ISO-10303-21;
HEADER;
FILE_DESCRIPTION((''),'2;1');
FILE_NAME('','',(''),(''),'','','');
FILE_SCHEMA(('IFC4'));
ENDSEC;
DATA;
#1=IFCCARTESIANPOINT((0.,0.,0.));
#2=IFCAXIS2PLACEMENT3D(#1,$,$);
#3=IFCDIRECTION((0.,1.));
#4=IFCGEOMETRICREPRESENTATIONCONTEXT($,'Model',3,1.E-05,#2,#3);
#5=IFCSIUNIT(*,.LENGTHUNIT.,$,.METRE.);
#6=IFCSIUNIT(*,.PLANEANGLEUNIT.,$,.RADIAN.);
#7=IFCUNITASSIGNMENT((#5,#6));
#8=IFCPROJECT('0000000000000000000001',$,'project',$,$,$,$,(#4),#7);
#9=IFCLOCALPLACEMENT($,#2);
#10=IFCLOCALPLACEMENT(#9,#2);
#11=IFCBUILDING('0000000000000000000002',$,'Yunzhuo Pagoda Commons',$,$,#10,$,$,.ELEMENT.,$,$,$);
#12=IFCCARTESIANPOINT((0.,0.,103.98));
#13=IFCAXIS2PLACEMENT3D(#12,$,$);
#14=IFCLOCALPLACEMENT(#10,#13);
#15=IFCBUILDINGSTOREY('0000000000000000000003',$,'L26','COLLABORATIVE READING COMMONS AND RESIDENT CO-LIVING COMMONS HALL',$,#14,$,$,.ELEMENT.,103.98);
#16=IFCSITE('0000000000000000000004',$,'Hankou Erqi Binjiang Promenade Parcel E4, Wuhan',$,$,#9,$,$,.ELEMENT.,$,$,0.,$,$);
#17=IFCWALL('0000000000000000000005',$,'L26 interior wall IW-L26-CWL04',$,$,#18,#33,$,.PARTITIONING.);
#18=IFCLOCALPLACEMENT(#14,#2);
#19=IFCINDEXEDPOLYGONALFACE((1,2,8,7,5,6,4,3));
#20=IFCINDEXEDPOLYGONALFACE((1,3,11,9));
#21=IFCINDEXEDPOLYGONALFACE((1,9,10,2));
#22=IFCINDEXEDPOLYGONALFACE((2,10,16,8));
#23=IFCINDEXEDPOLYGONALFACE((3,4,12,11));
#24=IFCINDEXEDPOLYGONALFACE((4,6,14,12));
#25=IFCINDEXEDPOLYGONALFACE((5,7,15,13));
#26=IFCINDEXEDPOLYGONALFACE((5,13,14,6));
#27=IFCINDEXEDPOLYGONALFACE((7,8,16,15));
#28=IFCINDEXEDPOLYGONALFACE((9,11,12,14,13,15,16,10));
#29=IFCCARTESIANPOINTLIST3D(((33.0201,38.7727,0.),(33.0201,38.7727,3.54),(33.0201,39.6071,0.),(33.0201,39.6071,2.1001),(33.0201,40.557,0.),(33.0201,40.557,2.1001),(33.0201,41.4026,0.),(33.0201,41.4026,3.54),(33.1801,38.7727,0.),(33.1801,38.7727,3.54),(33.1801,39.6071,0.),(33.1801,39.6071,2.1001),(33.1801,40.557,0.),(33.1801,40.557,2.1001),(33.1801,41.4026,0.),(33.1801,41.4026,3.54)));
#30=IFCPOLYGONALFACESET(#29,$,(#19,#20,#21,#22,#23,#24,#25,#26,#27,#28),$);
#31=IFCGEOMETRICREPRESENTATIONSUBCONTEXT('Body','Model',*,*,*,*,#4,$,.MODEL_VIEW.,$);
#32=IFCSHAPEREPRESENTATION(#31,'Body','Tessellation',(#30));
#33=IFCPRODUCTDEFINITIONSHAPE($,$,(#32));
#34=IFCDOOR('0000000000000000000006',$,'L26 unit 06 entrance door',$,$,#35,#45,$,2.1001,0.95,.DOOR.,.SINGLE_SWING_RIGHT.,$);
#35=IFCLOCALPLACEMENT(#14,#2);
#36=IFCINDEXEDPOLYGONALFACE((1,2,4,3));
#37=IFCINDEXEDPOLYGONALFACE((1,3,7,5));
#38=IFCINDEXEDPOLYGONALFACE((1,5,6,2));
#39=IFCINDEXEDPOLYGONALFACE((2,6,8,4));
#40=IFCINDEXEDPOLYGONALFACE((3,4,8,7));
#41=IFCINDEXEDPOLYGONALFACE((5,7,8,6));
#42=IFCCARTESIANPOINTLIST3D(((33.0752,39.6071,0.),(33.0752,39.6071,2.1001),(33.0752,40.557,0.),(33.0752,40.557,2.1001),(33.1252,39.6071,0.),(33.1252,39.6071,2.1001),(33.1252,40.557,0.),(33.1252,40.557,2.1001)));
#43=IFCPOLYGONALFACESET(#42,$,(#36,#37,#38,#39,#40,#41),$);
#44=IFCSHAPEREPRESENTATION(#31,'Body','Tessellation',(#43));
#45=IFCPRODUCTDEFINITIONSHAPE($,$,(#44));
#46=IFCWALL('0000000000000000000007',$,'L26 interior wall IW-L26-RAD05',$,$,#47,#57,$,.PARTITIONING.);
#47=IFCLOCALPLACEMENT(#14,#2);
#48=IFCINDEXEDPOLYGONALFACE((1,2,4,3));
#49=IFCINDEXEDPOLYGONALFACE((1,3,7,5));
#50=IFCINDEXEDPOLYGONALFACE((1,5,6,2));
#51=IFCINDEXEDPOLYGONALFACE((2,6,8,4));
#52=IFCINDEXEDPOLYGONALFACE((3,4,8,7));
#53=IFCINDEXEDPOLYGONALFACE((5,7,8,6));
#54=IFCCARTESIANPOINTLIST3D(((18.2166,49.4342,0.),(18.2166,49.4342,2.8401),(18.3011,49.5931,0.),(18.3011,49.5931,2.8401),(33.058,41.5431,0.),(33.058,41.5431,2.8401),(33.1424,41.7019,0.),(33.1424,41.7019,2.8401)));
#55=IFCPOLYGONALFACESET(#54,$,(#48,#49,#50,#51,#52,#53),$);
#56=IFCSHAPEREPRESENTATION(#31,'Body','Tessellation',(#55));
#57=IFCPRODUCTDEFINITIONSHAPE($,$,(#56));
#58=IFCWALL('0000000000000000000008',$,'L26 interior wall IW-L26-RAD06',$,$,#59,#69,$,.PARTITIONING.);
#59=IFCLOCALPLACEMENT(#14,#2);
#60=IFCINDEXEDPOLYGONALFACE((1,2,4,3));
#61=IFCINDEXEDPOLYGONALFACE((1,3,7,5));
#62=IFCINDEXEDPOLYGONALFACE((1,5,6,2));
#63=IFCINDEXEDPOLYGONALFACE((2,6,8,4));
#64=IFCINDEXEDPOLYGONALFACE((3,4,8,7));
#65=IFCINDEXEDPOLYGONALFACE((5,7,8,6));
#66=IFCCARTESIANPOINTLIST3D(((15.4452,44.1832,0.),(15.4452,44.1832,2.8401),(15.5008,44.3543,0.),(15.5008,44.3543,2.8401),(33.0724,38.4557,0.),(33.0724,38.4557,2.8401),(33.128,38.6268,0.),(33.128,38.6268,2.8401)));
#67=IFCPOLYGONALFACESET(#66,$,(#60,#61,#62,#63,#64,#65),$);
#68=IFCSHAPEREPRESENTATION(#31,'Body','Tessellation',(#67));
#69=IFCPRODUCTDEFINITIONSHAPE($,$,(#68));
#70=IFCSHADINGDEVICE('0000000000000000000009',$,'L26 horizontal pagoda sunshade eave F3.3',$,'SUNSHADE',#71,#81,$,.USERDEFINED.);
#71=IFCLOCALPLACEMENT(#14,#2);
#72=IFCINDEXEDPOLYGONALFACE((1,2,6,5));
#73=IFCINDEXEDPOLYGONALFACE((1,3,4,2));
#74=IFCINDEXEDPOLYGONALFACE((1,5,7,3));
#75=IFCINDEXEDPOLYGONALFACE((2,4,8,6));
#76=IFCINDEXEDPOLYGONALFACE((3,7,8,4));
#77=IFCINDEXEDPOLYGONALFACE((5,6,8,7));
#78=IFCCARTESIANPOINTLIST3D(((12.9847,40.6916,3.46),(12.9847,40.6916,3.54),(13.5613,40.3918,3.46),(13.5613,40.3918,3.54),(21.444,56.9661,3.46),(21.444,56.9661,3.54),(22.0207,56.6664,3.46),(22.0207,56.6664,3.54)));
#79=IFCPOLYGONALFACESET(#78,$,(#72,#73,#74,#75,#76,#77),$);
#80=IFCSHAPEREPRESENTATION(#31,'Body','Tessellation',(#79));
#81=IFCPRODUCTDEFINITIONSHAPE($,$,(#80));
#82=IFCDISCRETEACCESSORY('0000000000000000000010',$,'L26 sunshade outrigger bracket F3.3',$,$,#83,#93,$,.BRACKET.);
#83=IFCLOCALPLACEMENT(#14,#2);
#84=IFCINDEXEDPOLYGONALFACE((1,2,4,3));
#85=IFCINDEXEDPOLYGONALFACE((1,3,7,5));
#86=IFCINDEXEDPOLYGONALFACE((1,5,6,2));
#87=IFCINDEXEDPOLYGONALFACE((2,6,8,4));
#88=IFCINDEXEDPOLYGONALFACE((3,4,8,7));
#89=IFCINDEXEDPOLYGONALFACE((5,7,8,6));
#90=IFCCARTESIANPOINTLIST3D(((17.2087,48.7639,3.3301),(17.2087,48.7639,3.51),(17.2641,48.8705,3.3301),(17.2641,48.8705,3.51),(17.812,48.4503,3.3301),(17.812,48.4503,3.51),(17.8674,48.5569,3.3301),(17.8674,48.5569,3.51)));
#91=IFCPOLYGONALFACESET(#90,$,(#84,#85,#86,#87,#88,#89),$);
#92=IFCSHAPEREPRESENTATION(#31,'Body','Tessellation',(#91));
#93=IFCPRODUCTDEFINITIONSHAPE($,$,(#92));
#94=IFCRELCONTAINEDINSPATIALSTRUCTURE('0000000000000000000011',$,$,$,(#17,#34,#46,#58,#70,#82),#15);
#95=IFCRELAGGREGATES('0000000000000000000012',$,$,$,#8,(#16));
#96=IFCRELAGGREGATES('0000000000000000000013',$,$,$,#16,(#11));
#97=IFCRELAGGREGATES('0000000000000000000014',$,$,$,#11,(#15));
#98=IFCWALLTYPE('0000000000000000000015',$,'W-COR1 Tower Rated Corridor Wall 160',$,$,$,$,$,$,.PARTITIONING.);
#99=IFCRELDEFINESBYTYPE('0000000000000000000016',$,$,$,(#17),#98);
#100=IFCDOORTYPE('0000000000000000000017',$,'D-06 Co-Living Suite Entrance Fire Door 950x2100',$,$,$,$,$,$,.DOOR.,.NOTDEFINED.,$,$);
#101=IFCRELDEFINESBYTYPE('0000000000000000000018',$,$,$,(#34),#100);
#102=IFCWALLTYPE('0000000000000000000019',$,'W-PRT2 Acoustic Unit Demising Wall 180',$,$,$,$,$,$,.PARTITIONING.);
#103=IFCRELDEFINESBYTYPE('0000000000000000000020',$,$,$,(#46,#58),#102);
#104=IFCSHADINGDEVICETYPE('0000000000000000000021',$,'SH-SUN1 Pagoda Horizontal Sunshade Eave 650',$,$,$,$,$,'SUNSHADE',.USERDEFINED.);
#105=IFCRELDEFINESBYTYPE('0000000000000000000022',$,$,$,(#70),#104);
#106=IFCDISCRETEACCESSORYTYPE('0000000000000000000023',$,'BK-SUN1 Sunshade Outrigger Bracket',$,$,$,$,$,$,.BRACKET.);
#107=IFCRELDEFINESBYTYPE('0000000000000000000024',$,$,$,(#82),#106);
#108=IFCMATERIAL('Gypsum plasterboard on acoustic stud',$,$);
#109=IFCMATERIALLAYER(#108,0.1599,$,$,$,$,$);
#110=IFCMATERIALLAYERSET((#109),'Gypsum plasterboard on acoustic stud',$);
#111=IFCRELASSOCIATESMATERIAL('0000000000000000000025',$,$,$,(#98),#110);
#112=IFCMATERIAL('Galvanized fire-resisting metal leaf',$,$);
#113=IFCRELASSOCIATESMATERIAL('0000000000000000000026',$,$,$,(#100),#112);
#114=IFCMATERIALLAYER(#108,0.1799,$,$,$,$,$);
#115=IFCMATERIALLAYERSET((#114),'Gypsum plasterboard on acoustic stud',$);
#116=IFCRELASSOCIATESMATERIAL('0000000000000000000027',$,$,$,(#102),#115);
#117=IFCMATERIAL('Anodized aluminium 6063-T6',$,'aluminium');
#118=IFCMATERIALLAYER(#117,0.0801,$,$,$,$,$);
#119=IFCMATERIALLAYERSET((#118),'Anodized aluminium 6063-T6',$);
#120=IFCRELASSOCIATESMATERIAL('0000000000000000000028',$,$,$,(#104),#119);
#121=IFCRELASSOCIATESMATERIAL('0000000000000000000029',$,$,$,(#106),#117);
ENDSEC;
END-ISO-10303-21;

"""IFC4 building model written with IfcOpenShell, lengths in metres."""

from ifc_helpers import new_model, si_unit, direction, frame, frame_2d, origin, origin_with_axes, origin_2d, place, context, subcontext, project, spatial, rectangle, extrude, source, transform, mapped, material, layer, layer_set, type_object, element, fill, save


model = new_model("IFC4")

# Units and contexts
model_context = context("Model", 3, precision=1e-05, world=origin(), true_north=direction((0.0, 1.0)))
body_context = subcontext(model_context, "Body", "Model", "MODEL_VIEW")
ifc_project = project(units=[si_unit("LENGTHUNIT", "METRE"), si_unit("PLANEANGLEUNIT", "RADIAN")], contexts=[model_context])

# Site, building, storey
site_placement = place(None, origin())
site = spatial("IfcSite", under=ifc_project, at=site_placement, Name="Hankou Erqi Binjiang Promenade Parcel E4, Wuhan", CompositionType="ELEMENT", RefElevation=0.0)
building_placement = place(site_placement, origin())
building = spatial("IfcBuilding", under=site, at=building_placement, Name="Yunzhuo Pagoda Commons", CompositionType="ELEMENT")
storey_placement = place(building_placement, frame((0.0, 0.0, 103.98)))
storey = spatial("IfcBuildingStorey", under=building, at=storey_placement, Name="L26", Description="COLLABORATIVE READING COMMONS AND RESIDENT CO-LIVING COMMONS HALL", CompositionType="ELEMENT", Elevation=103.98)

# Shared definitions
ifc_material_1 = material(Name="Anodized aluminium 6063-T6", Category="aluminium")

# Wall, opening, door
ifc_material_2 = material(Name="Gypsum plasterboard on acoustic stud")
ifc_layer_1 = layer(ifc_material_2, 0.1599)
ifc_layer_set_1 = layer_set([ifc_layer_1], Name="Gypsum plasterboard on acoustic stud")
wall_type_1 = type_object("IfcWallType", Name="W-COR1 Tower Rated Corridor Wall 160", PredefinedType="PARTITIONING", material=ifc_layer_set_1)
ifc_material_3 = material(Name="Galvanized fire-resisting metal leaf")
door_type = type_object("IfcDoorType", Name="D-06 Co-Living Suite Entrance Fire Door 950x2100", OperationType="NOTDEFINED", PredefinedType="DOOR", material=ifc_material_3)
shared_shape_1 = source(origin(), body_context, "Body", "SweptSolid", [
    extrude(rectangle(XDim=0.95, YDim=2.1001, at=frame_2d((0.4751, 1.05))), frame((0.0, 0.0249, 0.0), z_axis=(0.0, -1.0, 0.0), x_axis=(1.0, 0.0, 0.0)), (0.0, 0.0, 1.0), 0.05),
])
wall_1_placement = place(storey_placement, frame((33.1001, 38.7727, 0.0), z_axis=(0.0, 0.0, 1.0), x_axis=(0.0, 1.0, 0.0)))
wall_1 = element("IfcWall", 1, at=wall_1_placement, inside=storey, type_object=wall_type_1, Name="L26 interior wall IW-L26-CWL04", PredefinedType="PARTITIONING", context=body_context, shape_type="SweptSolid", body=[
    extrude(rectangle(XDim=2.6299, YDim=0.1599, at=frame_2d((1.3149, 0.0))), origin(), (0.0, 0.0, 1.0), 3.54),
])
opening_1_placement = place(wall_1_placement, frame((0.8342, 0.0, 0.0)))
opening_1 = element("IfcOpeningElement", 2, at=opening_1_placement, cuts=wall_1, PredefinedType="OPENING", context=body_context, shape_type="SweptSolid", body=[
    extrude(rectangle(XDim=0.95, YDim=2.1001, at=frame_2d((0.4751, 1.05))), frame((0.0, 0.0898, 0.0), z_axis=(0.0, -1.0, 0.0), x_axis=(1.0, 0.0, 0.0)), (0.0, 0.0, 1.0), 0.1799),
])
door_1_placement = place(opening_1_placement, origin_with_axes())
door_1 = element("IfcDoor", 3, at=door_1_placement, inside=storey, type_object=door_type, Name="L26 unit 06 entrance door", OperationType="SINGLE_SWING_RIGHT", OverallHeight=2.1001, OverallWidth=0.95, PredefinedType="DOOR", context=body_context, shape_type="MappedRepresentation", body=[
    mapped(shared_shape_1, transform((0.0, 0.0, 0.0), scale=1.0)),
])
fill(opening_1, door_1)

# Walls
ifc_layer_2 = layer(ifc_material_2, 0.1799)
ifc_layer_set_2 = layer_set([ifc_layer_2], Name="Gypsum plasterboard on acoustic stud")
wall_type_2 = type_object("IfcWallType", Name="W-PRT2 Acoustic Unit Demising Wall 180", PredefinedType="PARTITIONING", material=ifc_layer_set_2)
wall_2_placement = place(storey_placement, frame((33.1001, 41.6226, 0.0), z_axis=(0.0, 0.0, 1.0), x_axis=(-0.882951, 0.469465, 0.0)))
element("IfcWall", 4, at=wall_2_placement, inside=storey, type_object=wall_type_2, Name="L26 interior wall IW-L26-RAD05", PredefinedType="PARTITIONING", context=body_context, shape_type="SweptSolid", body=[
    extrude(rectangle(XDim=16.8088, YDim=0.1799, at=frame_2d((8.4043, 0.0))), origin(), (0.0, 0.0, 1.0), 2.8401),
])
wall_3_placement = place(storey_placement, frame((33.1001, 38.5413, 0.0), z_axis=(0.0, 0.0, 1.0), x_axis=(-0.951055, 0.309023, 0.0)))
element("IfcWall", 5, at=wall_3_placement, inside=storey, type_object=wall_type_2, Name="L26 interior wall IW-L26-RAD06", PredefinedType="PARTITIONING", context=body_context, shape_type="SweptSolid", body=[
    extrude(rectangle(XDim=18.5344, YDim=0.1799, at=frame_2d((9.2671, 0.0))), origin(), (0.0, 0.0, 1.0), 2.8401),
])

# Shading device
ifc_layer_3 = layer(ifc_material_1, 0.0801)
ifc_layer_set_3 = layer_set([ifc_layer_3], Name="Anodized aluminium 6063-T6")
shading_device_type = type_object("IfcShadingDeviceType", Name="SH-SUN1 Pagoda Horizontal Sunshade Eave 650", ElementType="SUNSHADE", PredefinedType="USERDEFINED", material=ifc_layer_set_3)
shared_shape_2 = source(origin(), body_context, "Body", "SweptSolid", [
    extrude(rectangle(XDim=18.3418, YDim=0.6499, at=origin_2d()), origin(), (0.0, 0.0, 1.0), 0.0801),
])
shading_device_placement = place(storey_placement, frame((17.5027, 48.679, 3.46), z_axis=(0.0, 0.0, 1.0), x_axis=(-0.461207, -0.887293, 0.0)))
element("IfcShadingDevice", 6, at=shading_device_placement, inside=storey, type_object=shading_device_type, Name="L26 horizontal pagoda sunshade eave F3.3", ObjectType="SUNSHADE", PredefinedType="USERDEFINED", context=body_context, shape_type="MappedRepresentation", body=[
    mapped(shared_shape_2, transform((0.0, 0.0, 0.0), scale=1.0)),
])

# Discrete accessory
discrete_accessory_type = type_object("IfcDiscreteAccessoryType", Name="BK-SUN1 Sunshade Outrigger Bracket", PredefinedType="BRACKET", material=ifc_material_1)
shared_shape_3 = source(origin(), body_context, "Body", "SweptSolid", [
    extrude(rectangle(XDim=0.1201, YDim=0.6799, at=origin_2d()), origin(), (0.0, 0.0, 1.0), 0.1799),
])
discrete_accessory_placement = place(storey_placement, frame((17.5381, 48.6604, 3.3301), z_axis=(0.0, 0.0, 1.0), x_axis=(-0.461207, -0.887293, 0.0)))
element("IfcDiscreteAccessory", 7, at=discrete_accessory_placement, inside=storey, type_object=discrete_accessory_type, Name="L26 sunshade outrigger bracket F3.3", PredefinedType="BRACKET", context=body_context, shape_type="MappedRepresentation", body=[
    mapped(shared_shape_3, transform((0.0, 0.0, 0.0), scale=1.0)),
])

save(model, "model.ifc")
